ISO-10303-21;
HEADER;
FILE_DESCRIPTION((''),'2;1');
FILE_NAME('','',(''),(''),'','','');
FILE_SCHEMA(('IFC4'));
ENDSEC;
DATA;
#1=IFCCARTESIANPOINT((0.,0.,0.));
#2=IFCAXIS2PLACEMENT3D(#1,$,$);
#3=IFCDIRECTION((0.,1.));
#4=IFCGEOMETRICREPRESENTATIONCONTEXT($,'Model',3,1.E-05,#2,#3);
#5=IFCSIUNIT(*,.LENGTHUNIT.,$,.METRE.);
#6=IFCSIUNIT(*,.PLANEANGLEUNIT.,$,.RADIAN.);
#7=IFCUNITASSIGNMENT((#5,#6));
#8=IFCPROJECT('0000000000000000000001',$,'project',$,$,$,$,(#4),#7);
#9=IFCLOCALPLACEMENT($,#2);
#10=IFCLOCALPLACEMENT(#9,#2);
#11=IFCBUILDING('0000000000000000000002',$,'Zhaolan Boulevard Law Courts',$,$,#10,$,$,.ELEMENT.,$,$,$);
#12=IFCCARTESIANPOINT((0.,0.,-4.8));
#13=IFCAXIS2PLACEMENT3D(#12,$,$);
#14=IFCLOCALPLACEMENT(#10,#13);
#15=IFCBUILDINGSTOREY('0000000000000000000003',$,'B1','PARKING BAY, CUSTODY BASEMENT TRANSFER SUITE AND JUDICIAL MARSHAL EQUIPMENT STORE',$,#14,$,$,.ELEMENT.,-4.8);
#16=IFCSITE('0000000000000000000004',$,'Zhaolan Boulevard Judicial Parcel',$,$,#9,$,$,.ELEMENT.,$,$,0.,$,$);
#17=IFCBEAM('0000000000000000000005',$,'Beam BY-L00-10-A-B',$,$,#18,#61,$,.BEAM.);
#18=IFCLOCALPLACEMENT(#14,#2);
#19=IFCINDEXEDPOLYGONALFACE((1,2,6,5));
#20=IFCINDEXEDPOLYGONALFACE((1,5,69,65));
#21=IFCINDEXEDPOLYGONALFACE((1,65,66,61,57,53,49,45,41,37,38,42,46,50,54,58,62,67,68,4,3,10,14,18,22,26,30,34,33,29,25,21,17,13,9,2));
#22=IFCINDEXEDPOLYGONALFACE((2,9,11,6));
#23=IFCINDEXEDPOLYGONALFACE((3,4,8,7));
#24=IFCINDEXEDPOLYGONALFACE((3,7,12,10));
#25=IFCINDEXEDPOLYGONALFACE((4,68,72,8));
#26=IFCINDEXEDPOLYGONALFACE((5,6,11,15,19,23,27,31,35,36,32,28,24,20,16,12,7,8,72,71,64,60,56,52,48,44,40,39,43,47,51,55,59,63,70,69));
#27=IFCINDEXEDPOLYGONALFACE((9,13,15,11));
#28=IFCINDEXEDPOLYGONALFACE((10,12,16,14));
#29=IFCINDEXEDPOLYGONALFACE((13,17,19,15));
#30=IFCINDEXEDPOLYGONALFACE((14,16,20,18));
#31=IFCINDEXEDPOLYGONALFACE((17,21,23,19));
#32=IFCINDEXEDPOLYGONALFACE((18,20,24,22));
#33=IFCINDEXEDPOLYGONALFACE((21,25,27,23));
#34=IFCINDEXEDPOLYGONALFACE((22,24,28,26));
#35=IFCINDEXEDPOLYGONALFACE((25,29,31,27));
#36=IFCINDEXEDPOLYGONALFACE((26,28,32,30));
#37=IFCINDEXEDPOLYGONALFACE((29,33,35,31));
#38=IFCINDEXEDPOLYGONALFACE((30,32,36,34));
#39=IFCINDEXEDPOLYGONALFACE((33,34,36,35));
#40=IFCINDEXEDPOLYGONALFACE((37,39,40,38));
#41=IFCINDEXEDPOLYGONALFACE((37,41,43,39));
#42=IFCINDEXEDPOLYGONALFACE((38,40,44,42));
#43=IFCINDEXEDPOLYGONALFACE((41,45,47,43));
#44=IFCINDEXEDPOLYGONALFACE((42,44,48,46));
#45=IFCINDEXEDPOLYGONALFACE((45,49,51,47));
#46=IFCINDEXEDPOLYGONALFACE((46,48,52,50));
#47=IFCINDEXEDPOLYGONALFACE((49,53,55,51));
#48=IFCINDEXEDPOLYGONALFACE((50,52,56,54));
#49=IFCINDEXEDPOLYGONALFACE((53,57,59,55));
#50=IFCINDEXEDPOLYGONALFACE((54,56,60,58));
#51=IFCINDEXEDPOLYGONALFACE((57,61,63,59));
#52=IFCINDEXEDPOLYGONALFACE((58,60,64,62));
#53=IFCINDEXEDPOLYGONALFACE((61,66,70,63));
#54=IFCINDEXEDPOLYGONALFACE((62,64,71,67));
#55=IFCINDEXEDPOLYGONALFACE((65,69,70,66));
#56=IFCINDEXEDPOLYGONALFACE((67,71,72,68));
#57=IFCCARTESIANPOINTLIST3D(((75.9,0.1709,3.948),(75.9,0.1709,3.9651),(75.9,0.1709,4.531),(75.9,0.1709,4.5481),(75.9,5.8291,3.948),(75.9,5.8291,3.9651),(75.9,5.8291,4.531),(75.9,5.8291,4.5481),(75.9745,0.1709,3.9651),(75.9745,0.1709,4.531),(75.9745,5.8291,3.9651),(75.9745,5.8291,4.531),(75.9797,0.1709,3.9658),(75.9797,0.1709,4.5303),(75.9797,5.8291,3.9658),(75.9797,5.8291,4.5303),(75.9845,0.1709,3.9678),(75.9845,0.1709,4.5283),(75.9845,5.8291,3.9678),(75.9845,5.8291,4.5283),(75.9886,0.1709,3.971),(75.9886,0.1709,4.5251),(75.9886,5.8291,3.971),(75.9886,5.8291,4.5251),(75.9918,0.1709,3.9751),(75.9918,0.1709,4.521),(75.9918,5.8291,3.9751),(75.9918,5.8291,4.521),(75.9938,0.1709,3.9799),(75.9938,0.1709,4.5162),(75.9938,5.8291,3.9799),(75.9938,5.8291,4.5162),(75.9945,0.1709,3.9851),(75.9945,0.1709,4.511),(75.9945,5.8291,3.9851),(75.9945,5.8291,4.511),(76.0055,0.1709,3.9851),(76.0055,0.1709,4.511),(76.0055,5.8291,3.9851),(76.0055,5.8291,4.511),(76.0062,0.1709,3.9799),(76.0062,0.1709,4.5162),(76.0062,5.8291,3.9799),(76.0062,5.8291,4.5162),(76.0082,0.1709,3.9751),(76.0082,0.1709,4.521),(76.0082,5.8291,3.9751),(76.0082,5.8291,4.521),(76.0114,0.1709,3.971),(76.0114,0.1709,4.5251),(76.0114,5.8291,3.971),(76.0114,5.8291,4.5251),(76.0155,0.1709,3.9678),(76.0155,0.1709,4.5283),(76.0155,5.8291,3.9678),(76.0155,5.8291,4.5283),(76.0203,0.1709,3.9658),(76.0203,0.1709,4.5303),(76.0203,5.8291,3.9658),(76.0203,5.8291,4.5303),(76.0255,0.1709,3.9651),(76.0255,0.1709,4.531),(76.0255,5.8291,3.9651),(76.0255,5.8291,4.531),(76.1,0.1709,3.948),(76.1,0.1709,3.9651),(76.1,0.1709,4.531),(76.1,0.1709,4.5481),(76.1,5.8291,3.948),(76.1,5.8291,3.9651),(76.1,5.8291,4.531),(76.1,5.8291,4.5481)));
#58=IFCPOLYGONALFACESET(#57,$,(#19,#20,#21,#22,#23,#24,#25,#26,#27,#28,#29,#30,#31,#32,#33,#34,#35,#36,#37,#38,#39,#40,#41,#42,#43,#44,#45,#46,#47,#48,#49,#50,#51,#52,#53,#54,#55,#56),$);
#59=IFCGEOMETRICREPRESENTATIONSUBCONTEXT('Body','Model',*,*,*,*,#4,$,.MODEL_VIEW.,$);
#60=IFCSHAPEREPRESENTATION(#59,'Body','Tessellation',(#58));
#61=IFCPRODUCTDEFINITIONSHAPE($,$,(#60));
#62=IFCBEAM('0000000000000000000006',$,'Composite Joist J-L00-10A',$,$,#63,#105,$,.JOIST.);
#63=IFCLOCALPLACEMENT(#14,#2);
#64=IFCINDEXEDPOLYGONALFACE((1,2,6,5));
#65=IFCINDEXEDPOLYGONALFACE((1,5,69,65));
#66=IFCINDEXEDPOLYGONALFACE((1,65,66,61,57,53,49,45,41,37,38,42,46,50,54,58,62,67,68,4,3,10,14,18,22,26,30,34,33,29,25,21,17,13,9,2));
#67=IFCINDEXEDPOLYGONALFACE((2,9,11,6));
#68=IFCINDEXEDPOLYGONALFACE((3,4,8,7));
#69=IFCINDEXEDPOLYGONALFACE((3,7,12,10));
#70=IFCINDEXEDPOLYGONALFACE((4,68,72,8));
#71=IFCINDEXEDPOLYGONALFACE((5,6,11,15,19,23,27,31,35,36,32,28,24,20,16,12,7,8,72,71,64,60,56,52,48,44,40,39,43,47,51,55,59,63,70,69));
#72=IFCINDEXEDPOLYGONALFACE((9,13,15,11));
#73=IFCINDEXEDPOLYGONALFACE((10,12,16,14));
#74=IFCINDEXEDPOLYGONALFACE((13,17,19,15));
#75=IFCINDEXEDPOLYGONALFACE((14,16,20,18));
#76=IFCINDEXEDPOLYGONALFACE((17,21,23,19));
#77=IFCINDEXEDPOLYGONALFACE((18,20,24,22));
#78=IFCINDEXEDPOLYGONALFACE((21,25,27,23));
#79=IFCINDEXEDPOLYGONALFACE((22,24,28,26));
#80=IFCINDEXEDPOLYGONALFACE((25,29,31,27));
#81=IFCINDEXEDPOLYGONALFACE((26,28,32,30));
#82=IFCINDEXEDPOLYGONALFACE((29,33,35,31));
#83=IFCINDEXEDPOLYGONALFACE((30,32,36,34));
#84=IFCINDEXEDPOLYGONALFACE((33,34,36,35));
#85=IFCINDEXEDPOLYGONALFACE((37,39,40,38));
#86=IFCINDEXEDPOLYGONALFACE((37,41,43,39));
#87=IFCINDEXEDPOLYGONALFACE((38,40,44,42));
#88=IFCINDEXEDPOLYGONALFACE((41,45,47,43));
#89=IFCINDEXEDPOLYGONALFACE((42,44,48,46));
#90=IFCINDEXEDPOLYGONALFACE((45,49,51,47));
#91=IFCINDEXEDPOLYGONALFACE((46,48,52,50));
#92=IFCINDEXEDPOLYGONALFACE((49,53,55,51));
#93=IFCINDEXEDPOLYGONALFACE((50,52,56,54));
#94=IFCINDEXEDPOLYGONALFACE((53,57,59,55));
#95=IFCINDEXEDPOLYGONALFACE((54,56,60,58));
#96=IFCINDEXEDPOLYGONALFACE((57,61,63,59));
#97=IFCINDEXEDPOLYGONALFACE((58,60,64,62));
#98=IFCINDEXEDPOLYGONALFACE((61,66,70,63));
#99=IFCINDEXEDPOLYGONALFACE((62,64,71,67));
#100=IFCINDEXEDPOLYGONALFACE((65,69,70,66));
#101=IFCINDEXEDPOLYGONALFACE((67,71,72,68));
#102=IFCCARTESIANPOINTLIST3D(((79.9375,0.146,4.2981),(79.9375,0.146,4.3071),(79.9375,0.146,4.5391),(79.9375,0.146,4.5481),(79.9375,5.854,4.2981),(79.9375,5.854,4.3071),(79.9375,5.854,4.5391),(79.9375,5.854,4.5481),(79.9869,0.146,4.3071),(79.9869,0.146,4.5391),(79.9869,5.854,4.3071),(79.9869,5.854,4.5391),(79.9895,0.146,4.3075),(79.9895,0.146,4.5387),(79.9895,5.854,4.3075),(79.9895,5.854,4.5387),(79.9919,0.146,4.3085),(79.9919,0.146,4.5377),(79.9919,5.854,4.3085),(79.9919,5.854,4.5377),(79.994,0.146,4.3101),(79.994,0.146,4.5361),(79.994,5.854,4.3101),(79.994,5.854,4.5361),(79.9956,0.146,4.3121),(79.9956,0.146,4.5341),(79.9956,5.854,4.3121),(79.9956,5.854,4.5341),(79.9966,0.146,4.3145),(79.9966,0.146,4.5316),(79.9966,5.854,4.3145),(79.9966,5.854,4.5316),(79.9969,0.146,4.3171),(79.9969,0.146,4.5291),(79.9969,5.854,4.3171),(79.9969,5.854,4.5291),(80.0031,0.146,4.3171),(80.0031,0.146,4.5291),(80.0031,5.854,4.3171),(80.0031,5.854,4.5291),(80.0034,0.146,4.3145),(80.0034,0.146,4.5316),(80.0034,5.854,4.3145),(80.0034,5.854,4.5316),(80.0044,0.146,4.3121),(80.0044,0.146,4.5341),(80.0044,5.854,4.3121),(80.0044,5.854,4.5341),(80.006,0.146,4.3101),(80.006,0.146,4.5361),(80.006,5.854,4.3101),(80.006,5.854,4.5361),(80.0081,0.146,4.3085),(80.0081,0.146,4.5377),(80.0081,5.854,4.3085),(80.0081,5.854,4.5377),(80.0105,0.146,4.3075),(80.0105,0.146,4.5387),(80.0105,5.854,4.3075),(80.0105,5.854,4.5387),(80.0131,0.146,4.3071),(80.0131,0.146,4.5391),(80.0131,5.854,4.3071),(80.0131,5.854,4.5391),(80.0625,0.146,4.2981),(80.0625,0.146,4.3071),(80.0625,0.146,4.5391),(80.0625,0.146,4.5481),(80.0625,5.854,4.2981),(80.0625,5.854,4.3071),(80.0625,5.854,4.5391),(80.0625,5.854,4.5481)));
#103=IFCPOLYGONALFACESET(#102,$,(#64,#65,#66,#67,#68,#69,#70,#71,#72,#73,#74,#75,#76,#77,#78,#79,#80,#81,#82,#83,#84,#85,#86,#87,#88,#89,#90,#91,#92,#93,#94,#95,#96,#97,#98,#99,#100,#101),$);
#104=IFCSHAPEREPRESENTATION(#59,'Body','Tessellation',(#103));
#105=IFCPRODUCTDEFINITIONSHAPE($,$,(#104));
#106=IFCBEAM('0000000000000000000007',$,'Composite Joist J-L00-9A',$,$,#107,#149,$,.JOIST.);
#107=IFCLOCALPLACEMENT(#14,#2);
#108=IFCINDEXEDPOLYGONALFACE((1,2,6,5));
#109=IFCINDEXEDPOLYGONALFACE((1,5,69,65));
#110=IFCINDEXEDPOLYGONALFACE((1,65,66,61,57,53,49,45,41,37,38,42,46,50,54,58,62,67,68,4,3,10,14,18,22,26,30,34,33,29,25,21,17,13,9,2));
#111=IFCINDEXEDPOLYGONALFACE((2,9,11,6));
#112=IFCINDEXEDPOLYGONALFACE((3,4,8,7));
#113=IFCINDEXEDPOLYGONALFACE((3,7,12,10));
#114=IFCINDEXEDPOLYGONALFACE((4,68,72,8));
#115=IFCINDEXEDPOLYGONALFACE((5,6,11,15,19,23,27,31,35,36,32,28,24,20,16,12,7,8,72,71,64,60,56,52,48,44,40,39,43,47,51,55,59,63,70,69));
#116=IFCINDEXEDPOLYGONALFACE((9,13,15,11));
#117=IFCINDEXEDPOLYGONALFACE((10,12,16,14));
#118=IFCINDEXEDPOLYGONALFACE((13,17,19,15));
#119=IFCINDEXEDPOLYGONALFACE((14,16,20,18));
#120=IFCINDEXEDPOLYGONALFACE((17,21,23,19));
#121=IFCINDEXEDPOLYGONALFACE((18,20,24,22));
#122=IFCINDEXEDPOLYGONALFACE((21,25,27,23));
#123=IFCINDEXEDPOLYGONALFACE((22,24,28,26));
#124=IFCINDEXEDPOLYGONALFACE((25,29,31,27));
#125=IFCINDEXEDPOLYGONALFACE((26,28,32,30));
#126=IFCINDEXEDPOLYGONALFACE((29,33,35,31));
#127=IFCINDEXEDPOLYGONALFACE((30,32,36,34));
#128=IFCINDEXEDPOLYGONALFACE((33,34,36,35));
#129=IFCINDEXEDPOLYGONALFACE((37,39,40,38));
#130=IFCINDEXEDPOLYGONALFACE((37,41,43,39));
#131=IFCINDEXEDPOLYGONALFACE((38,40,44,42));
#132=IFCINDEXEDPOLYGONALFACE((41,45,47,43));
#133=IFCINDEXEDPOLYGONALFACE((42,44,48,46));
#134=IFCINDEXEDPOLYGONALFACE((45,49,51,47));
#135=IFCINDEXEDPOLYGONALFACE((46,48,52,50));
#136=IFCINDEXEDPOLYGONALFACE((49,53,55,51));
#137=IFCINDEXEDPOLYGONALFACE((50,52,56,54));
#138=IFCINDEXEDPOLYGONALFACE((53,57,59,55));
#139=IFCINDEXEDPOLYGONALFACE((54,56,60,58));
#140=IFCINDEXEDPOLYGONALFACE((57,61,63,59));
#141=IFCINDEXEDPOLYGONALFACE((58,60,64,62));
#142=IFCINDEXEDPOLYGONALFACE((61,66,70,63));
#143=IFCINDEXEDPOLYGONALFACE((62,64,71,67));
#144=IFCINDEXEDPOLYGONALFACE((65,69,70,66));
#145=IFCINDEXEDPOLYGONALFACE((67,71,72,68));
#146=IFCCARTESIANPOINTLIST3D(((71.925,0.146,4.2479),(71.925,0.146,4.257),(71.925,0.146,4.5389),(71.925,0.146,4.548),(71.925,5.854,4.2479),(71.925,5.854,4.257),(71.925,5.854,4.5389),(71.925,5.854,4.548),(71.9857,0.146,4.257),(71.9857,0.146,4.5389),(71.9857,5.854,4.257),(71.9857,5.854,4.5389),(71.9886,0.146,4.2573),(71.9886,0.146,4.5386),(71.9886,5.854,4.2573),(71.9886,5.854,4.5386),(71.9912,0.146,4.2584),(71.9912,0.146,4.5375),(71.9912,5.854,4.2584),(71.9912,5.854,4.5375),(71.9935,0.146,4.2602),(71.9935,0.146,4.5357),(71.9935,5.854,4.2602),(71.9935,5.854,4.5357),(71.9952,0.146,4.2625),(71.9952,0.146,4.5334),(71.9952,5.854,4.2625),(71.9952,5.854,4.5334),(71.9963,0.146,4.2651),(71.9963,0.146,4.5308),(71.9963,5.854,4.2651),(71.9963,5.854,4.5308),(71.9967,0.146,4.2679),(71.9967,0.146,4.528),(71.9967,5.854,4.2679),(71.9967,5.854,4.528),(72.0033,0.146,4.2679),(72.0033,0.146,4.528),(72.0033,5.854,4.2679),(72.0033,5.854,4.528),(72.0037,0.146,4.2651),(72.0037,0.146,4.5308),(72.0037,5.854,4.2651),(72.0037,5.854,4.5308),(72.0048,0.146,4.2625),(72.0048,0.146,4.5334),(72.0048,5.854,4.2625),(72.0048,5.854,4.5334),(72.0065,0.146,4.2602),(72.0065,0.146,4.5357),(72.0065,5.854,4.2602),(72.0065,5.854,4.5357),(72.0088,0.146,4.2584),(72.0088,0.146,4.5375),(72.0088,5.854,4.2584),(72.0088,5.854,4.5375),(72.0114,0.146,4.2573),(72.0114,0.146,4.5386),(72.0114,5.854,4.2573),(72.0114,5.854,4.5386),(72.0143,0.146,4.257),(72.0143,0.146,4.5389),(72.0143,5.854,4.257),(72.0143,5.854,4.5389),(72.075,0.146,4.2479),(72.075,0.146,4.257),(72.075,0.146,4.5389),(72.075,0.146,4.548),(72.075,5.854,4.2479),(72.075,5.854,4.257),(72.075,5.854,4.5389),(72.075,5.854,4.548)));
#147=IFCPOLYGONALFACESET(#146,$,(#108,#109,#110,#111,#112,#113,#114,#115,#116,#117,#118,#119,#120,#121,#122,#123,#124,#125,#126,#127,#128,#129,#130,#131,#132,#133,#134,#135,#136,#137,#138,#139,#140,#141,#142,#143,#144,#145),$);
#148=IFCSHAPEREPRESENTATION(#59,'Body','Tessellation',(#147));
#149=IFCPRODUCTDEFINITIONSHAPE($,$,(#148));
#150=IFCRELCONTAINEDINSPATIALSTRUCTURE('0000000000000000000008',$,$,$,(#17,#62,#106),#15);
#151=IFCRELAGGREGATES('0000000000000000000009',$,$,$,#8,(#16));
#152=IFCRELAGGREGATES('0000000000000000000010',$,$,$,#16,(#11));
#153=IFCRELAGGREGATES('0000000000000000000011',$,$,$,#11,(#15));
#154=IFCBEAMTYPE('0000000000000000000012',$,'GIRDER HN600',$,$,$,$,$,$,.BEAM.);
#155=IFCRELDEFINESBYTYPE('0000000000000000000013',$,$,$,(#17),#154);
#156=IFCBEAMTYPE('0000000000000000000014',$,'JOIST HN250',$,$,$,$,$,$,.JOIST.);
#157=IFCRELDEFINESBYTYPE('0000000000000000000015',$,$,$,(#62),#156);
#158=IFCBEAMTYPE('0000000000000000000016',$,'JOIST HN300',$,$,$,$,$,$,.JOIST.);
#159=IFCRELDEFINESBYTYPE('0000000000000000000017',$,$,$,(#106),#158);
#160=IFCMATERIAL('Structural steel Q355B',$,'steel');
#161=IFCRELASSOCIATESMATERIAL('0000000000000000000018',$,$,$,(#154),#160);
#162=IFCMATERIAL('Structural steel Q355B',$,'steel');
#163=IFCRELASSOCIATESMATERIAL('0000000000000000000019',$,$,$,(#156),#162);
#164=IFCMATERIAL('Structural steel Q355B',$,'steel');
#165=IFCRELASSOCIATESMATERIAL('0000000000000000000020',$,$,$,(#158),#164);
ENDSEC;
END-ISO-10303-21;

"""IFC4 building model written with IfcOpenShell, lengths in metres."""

from ifc_helpers import new_model, si_unit, direction, frame, origin, origin_2d, place, context, subcontext, project, spatial, i_section, extrude, material, material_profile, profile_set, type_object, element, save


model = new_model("IFC4")

# Units and contexts
model_context = context("Model", 3, precision=1e-05, world=origin(), true_north=direction((0.0, 1.0)))
body_context = subcontext(model_context, "Body", "Model", "MODEL_VIEW")
ifc_project = project(units=[si_unit("LENGTHUNIT", "METRE"), si_unit("PLANEANGLEUNIT", "RADIAN")], contexts=[model_context])

# Site, building, storey
site_placement = place(None, origin())
site = spatial("IfcSite", under=ifc_project, at=site_placement, Name="Zhaolan Boulevard Judicial Parcel", CompositionType="ELEMENT", RefElevation=0.0)
building_placement = place(site_placement, origin())
building = spatial("IfcBuilding", under=site, at=building_placement, Name="Zhaolan Boulevard Law Courts", CompositionType="ELEMENT")
storey_placement = place(building_placement, frame((0.0, 0.0, -4.8)))
storey = spatial("IfcBuildingStorey", under=building, at=storey_placement, Name="B1", Description="PARKING BAY, CUSTODY BASEMENT TRANSFER SUITE AND JUDICIAL MARSHAL EQUIPMENT STORE", CompositionType="ELEMENT", Elevation=-4.8)

# Beams
ifc_material_1 = material(Name="Structural steel Q355B", Category="steel")
ifc_material_profile_1 = material_profile(ifc_material_1, i_section(OverallWidth=0.2, OverallDepth=0.6001, WebThickness=0.011, FlangeThickness=0.0171, FilletRadius=0.02, at=origin_2d()), Name="HN600x200")
ifc_profile_set_1 = profile_set([ifc_material_profile_1], Name="Structural steel Q355B")
beam_type_1 = type_object("IfcBeamType", Name="GIRDER HN600", PredefinedType="BEAM", material=ifc_profile_set_1)
beam_1_placement = place(storey_placement, frame((76.0, 0.1709, 4.248), z_axis=(0.0, 1.0, 0.0), x_axis=(-1.0, 0.0, 0.0)))
element("IfcBeam", 1, at=beam_1_placement, inside=storey, type_object=beam_type_1, Name="Beam BY-L00-10-A-B", PredefinedType="BEAM", context=body_context, shape_type="SweptSolid", body=[
    extrude(i_section(OverallWidth=0.2, OverallDepth=0.6001, WebThickness=0.011, FlangeThickness=0.0171, FilletRadius=0.02, at=origin_2d()), origin(), (0.0, 0.0, 1.0), 5.6582),
])
ifc_material_2 = material(Name="Structural steel Q355B", Category="steel")
ifc_material_profile_2 = material_profile(ifc_material_2, i_section(OverallWidth=0.125, OverallDepth=0.25, WebThickness=0.0061, FlangeThickness=0.009, FilletRadius=0.01, at=origin_2d()), Name="HN250x125")
ifc_profile_set_2 = profile_set([ifc_material_profile_2], Name="Structural steel Q355B")
beam_type_2 = type_object("IfcBeamType", Name="JOIST HN250", PredefinedType="JOIST", material=ifc_profile_set_2)
beam_2_placement = place(storey_placement, frame((80.0, 0.146, 4.4231), z_axis=(0.0, 1.0, 0.0), x_axis=(-1.0, 0.0, 0.0)))
element("IfcBeam", 2, at=beam_2_placement, inside=storey, type_object=beam_type_2, Name="Composite Joist J-L00-10A", PredefinedType="JOIST", context=body_context, shape_type="SweptSolid", body=[
    extrude(i_section(OverallWidth=0.125, OverallDepth=0.25, WebThickness=0.0061, FlangeThickness=0.009, FilletRadius=0.01, at=origin_2d()), origin(), (0.0, 0.0, 1.0), 5.708),
])
ifc_material_3 = material(Name="Structural steel Q355B", Category="steel")
ifc_material_profile_3 = material_profile(ifc_material_3, i_section(OverallWidth=0.1499, OverallDepth=0.3, WebThickness=0.0066, FlangeThickness=0.009, FilletRadius=0.011, at=origin_2d()), Name="HN300x150")
ifc_profile_set_3 = profile_set([ifc_material_profile_3], Name="Structural steel Q355B")
beam_type_3 = type_object("IfcBeamType", Name="JOIST HN300", PredefinedType="JOIST", material=ifc_profile_set_3)
beam_3_placement = place(storey_placement, frame((72.0, 0.146, 4.3979), z_axis=(0.0, 1.0, 0.0), x_axis=(-1.0, 0.0, 0.0)))
element("IfcBeam", 3, at=beam_3_placement, inside=storey, type_object=beam_type_3, Name="Composite Joist J-L00-9A", PredefinedType="JOIST", context=body_context, shape_type="SweptSolid", body=[
    extrude(i_section(OverallWidth=0.1499, OverallDepth=0.3, WebThickness=0.0066, FlangeThickness=0.009, FilletRadius=0.011, at=origin_2d()), origin(), (0.0, 0.0, 1.0), 5.708),
])

save(model, "model.ifc")
